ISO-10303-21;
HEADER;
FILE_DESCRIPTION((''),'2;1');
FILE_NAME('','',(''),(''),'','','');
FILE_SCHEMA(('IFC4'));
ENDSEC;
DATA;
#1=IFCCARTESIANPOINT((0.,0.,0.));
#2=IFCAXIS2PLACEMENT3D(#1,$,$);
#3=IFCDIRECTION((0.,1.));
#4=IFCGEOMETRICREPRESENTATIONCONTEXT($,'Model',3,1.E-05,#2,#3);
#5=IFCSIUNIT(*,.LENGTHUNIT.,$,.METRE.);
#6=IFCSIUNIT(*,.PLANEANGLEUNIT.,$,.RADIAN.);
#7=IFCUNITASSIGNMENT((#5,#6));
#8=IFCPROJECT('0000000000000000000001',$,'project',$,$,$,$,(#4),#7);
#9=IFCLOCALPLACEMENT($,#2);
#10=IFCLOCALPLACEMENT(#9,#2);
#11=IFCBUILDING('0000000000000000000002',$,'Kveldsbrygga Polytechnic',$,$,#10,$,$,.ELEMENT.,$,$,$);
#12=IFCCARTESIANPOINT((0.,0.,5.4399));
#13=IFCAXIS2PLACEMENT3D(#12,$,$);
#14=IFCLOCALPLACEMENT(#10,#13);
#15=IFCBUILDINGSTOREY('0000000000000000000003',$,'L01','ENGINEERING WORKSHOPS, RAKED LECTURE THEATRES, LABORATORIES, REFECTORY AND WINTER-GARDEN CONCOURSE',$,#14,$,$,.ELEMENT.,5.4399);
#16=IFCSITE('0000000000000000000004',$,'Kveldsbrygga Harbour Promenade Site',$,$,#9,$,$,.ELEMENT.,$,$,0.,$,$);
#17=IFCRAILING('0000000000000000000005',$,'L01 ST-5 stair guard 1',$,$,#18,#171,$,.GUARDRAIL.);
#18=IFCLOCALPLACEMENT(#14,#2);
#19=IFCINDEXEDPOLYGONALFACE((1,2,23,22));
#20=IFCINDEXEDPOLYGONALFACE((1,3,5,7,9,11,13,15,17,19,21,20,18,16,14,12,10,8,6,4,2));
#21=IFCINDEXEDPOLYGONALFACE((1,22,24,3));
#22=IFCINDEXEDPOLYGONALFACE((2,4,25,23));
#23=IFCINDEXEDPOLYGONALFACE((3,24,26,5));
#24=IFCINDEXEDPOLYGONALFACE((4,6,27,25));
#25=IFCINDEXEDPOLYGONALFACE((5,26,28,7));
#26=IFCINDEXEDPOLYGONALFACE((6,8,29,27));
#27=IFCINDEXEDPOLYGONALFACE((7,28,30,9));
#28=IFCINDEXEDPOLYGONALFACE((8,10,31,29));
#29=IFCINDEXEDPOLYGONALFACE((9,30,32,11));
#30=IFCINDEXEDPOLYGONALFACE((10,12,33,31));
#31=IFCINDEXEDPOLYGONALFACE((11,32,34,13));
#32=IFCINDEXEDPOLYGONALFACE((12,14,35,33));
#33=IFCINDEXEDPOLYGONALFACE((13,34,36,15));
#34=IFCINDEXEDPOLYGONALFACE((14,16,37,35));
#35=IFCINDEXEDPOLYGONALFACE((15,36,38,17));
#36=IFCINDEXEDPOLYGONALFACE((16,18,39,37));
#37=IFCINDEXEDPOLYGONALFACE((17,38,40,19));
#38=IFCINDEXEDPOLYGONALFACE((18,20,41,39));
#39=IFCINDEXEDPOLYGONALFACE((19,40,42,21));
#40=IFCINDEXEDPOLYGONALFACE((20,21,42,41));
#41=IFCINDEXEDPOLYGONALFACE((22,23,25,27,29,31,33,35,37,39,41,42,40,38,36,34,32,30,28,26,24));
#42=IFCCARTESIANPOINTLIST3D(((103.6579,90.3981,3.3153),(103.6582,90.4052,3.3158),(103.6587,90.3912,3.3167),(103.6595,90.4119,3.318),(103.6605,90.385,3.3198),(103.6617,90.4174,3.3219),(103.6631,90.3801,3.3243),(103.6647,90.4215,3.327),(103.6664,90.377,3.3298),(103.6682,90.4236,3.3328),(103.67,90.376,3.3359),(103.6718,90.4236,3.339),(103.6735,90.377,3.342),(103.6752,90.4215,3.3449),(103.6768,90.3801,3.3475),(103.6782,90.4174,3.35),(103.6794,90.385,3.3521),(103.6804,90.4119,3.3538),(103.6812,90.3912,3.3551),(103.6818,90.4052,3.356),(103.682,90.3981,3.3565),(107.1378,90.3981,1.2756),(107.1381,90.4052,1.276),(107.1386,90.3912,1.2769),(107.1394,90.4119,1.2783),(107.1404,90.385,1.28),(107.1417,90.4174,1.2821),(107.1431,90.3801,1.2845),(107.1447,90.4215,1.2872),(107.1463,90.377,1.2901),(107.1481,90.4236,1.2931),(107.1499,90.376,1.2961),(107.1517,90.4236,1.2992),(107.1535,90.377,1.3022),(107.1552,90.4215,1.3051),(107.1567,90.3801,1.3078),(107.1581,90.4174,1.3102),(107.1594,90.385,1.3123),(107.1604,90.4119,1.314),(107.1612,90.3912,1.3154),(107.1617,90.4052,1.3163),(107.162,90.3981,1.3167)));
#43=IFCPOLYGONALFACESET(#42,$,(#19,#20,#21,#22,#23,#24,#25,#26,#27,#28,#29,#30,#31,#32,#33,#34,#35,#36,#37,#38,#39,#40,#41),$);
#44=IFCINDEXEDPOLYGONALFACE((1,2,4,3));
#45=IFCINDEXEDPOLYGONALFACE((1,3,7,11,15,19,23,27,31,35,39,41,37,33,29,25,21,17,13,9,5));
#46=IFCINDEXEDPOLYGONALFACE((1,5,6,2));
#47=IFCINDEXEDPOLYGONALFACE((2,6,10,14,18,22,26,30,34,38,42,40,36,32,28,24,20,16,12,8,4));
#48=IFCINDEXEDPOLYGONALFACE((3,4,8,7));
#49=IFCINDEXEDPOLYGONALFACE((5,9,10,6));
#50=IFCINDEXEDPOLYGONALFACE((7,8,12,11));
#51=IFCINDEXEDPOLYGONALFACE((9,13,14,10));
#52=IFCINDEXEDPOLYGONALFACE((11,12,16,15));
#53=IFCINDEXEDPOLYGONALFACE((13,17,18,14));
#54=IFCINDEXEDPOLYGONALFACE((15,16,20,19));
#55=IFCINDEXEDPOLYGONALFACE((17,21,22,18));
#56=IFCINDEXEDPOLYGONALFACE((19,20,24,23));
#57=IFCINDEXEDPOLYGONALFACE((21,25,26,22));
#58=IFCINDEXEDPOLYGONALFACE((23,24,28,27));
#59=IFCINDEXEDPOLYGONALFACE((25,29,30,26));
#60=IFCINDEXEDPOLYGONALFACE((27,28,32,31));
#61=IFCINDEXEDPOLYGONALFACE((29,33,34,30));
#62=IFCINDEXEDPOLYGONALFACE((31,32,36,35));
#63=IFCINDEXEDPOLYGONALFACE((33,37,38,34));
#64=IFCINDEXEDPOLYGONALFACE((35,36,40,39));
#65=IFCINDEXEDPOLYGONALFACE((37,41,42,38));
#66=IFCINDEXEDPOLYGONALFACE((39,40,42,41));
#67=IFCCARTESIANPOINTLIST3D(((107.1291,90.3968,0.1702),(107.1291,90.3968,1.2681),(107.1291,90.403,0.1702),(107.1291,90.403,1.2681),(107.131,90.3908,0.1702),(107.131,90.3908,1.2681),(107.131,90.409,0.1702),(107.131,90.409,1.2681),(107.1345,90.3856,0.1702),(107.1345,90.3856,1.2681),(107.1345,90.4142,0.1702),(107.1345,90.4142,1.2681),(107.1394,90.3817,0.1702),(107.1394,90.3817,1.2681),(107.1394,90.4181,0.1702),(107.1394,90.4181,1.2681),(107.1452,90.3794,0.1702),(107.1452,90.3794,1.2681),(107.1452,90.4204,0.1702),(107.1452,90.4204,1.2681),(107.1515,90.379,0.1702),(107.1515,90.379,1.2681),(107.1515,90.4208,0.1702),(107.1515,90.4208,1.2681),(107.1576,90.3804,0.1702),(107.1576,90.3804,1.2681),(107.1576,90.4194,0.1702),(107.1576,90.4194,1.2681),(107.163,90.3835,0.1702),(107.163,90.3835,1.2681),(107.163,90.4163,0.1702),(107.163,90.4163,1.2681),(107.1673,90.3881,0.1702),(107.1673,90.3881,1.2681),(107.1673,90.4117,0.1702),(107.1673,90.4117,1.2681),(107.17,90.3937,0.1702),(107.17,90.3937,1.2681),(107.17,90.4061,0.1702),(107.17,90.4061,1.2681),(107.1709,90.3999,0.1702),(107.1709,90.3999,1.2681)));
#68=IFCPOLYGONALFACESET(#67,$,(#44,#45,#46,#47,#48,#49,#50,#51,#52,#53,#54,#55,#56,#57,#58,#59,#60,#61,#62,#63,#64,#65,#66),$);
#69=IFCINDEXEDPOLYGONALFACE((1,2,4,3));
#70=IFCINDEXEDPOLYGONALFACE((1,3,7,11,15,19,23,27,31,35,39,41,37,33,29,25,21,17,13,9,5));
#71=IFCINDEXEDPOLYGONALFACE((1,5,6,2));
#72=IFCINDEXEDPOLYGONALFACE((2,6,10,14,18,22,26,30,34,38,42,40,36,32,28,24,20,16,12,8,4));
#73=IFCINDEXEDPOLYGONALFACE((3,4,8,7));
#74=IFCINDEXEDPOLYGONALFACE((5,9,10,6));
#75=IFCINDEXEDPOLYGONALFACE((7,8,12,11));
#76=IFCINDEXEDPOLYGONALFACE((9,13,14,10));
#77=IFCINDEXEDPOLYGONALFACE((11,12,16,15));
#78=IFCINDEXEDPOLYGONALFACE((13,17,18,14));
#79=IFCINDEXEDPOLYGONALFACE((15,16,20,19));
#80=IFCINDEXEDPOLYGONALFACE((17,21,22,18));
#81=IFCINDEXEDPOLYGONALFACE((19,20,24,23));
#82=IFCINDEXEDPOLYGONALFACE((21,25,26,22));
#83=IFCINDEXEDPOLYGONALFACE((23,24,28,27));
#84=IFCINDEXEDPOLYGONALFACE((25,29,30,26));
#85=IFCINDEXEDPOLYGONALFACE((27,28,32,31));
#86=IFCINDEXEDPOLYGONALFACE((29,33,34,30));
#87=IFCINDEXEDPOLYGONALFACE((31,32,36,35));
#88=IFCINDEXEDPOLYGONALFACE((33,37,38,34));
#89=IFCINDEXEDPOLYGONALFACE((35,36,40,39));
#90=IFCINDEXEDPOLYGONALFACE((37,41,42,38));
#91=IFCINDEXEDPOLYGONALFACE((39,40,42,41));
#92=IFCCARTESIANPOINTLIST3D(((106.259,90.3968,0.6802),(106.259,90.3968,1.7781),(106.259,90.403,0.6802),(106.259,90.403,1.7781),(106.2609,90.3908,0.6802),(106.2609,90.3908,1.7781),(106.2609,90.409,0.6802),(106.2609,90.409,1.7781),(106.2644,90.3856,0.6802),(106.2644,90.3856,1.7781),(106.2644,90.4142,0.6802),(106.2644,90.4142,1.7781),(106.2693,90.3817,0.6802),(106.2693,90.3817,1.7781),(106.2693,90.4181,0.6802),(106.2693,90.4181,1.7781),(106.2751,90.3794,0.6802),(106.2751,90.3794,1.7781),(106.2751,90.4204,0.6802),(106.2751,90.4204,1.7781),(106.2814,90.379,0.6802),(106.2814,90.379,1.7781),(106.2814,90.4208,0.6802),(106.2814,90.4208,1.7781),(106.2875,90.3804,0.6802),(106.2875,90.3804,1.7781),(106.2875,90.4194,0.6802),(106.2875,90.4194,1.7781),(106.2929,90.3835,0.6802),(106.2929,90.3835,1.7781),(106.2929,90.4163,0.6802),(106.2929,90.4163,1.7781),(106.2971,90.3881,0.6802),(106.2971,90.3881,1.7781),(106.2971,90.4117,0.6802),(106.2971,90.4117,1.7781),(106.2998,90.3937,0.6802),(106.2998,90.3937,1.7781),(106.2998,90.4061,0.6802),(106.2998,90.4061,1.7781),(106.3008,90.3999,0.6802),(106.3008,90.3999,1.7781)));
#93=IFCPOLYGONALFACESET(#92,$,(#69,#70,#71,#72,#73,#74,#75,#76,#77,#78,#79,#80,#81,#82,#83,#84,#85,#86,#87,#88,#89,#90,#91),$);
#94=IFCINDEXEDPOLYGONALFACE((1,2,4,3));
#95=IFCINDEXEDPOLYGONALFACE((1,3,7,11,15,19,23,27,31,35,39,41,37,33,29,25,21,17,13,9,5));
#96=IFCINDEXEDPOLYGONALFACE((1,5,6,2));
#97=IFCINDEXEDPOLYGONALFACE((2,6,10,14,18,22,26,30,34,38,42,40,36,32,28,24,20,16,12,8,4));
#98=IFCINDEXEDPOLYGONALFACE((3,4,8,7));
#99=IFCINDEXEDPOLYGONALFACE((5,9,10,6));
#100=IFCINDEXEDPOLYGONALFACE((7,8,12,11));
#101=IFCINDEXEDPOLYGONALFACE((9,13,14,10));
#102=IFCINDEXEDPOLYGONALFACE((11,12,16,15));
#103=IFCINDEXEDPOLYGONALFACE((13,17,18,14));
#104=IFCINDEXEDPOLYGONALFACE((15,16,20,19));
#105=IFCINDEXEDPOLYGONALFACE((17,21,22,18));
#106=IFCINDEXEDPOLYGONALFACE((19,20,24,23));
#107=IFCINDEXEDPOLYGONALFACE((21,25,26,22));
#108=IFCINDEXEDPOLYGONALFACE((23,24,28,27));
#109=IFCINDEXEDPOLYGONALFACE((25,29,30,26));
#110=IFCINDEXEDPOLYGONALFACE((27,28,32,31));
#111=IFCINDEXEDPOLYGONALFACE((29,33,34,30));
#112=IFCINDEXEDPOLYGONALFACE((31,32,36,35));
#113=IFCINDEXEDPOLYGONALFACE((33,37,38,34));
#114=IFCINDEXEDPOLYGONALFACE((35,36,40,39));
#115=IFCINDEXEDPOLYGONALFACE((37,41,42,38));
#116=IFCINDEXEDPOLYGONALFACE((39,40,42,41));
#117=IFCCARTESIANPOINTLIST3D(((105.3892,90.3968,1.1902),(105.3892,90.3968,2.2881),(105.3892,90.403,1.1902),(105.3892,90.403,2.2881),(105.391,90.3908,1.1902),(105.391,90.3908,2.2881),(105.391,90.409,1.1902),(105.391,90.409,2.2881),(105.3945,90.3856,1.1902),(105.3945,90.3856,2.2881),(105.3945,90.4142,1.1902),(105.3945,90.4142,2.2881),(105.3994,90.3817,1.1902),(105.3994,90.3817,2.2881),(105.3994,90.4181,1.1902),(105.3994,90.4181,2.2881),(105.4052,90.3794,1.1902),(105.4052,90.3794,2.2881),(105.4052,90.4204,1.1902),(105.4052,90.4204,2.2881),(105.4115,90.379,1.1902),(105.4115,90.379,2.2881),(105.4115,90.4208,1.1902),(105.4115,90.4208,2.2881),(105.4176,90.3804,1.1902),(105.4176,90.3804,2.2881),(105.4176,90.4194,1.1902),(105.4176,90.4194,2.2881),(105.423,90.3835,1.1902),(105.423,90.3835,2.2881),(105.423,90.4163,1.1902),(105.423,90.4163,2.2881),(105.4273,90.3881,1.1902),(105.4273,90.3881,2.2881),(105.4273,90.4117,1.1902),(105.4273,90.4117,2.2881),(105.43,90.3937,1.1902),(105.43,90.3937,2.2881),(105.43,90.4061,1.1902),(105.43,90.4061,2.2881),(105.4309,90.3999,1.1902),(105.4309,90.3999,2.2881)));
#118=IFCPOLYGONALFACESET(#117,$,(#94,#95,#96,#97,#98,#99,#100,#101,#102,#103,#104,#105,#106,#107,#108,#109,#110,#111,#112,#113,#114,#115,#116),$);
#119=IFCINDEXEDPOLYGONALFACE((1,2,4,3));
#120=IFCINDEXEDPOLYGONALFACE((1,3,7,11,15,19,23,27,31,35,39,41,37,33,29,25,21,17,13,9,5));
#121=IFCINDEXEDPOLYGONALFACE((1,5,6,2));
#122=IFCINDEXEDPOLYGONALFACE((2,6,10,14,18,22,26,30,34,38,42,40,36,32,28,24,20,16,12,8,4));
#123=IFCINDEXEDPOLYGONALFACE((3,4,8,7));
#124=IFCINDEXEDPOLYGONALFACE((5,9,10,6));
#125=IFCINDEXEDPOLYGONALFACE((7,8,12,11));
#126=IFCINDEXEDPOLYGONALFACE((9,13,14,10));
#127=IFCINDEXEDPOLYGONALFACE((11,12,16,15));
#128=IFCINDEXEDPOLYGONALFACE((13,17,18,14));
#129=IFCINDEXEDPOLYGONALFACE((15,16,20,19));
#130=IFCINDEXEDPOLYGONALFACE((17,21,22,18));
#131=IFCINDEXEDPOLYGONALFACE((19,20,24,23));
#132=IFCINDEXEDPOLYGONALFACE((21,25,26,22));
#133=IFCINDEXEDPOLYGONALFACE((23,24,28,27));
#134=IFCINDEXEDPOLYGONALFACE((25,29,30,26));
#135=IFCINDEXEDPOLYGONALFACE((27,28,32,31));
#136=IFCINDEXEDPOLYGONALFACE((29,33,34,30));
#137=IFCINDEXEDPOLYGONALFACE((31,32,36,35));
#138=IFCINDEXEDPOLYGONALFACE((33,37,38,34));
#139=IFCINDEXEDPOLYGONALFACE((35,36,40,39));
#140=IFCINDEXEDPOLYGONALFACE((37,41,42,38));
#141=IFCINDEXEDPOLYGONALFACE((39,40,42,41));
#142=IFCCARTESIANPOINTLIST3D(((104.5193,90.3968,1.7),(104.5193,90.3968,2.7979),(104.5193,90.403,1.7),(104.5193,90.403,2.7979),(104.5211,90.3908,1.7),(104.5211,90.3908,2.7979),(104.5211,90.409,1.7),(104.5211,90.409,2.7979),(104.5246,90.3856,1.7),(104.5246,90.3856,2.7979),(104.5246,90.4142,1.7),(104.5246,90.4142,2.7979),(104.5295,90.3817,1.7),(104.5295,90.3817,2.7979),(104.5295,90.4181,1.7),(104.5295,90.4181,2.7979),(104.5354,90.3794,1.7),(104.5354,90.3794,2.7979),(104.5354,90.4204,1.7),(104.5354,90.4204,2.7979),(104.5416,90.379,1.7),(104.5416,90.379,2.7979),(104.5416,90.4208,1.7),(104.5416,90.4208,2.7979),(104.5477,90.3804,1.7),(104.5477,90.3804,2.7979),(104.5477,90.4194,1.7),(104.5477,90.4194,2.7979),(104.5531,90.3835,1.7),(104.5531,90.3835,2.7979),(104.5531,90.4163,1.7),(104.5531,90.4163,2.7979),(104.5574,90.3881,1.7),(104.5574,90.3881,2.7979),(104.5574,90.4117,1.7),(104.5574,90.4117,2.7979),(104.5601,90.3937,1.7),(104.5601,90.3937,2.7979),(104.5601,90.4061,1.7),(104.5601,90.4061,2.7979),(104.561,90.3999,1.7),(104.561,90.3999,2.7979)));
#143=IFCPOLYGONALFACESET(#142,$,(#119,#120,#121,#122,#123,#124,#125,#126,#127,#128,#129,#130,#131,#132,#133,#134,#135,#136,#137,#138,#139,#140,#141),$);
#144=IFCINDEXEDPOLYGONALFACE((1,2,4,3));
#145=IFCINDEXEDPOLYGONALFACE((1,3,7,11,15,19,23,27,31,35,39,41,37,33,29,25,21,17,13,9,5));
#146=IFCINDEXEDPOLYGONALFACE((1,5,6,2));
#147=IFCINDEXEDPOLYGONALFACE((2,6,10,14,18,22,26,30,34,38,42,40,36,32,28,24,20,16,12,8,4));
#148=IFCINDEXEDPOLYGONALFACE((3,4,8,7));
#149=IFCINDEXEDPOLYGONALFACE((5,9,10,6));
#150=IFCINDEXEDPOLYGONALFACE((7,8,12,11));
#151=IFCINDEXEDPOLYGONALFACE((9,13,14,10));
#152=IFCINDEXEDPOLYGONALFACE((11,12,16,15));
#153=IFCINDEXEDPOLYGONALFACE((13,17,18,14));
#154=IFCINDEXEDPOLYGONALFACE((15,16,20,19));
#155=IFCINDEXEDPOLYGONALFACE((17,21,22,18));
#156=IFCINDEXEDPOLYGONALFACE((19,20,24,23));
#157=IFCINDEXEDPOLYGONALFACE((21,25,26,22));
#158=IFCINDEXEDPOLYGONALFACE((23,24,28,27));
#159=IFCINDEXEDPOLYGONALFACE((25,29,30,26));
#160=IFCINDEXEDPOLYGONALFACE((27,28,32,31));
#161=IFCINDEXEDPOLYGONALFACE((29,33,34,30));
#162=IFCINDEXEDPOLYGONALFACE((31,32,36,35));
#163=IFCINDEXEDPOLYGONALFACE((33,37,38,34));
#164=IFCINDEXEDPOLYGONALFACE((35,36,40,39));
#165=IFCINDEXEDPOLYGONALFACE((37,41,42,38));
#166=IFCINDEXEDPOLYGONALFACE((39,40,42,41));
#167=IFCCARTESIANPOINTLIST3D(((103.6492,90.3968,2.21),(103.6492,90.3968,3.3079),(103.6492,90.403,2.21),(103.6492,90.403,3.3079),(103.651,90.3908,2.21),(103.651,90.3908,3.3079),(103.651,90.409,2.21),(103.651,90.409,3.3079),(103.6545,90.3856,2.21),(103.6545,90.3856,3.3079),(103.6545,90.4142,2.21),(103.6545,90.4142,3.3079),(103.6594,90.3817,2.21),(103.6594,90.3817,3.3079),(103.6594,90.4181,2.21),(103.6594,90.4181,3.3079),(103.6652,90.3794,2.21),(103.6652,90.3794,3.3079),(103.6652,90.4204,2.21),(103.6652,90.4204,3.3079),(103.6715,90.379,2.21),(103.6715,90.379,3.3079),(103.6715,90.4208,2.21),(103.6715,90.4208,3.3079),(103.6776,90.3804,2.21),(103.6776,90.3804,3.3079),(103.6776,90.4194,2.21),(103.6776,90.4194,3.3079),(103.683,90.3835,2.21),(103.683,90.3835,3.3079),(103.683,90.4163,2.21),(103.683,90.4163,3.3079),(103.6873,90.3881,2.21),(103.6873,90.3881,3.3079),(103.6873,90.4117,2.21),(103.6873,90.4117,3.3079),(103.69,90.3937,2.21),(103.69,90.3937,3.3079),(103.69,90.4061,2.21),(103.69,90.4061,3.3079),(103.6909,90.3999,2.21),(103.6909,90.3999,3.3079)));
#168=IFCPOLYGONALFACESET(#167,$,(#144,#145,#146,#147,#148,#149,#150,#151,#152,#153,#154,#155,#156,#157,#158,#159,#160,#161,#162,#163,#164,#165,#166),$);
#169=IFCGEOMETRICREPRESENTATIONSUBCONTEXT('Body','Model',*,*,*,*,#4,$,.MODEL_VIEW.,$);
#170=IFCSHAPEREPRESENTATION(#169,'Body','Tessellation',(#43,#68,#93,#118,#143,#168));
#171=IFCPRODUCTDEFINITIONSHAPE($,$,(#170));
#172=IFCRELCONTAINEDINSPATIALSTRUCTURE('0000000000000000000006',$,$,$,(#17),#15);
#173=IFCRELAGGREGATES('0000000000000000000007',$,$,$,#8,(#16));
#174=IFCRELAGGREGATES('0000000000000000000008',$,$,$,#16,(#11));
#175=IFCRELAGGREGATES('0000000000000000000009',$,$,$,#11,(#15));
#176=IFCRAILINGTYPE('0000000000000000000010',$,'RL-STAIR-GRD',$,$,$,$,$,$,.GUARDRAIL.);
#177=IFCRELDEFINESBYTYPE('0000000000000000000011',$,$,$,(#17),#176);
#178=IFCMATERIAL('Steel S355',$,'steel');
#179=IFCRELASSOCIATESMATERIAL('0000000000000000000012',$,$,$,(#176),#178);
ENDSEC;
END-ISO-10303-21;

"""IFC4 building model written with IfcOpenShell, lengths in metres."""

from ifc_helpers import new_model, si_unit, direction, frame, origin, origin_2d, place, context, subcontext, project, spatial, circle, extrude, material, type_object, element, save


model = new_model("IFC4")

# Units and contexts
model_context = context("Model", 3, precision=1e-05, world=origin(), true_north=direction((0.0, 1.0)))
body_context = subcontext(model_context, "Body", "Model", "MODEL_VIEW")
ifc_project = project(units=[si_unit("LENGTHUNIT", "METRE"), si_unit("PLANEANGLEUNIT", "RADIAN")], contexts=[model_context])

# Site, building, storey
site_placement = place(None, origin())
site = spatial("IfcSite", under=ifc_project, at=site_placement, Name="Kveldsbrygga Harbour Promenade Site", CompositionType="ELEMENT", RefElevation=0.0)
building_placement = place(site_placement, origin())
building = spatial("IfcBuilding", under=site, at=building_placement, Name="Kveldsbrygga Polytechnic", CompositionType="ELEMENT")
storey_placement = place(building_placement, frame((0.0, 0.0, 5.4399)))
storey = spatial("IfcBuildingStorey", under=building, at=storey_placement, Name="L01", Description="ENGINEERING WORKSHOPS, RAKED LECTURE THEATRES, LABORATORIES, REFECTORY AND WINTER-GARDEN CONCOURSE", CompositionType="ELEMENT", Elevation=5.4399)

# Shared definitions
ifc_material_1 = material(Name="Steel S355", Category="steel")

# Railing
railing_type_1 = type_object("IfcRailingType", Name="RL-STAIR-GRD", PredefinedType="GUARDRAIL", material=ifc_material_1)
railing_1_placement = place(storey_placement, frame((107.1499, 90.3999, 0.1702)))
element("IfcRailing", 1, at=railing_1_placement, inside=storey, type_object=railing_type_1, Name="L01 ST-5 stair guard 1", PredefinedType="GUARDRAIL", context=body_context, shape_type="SweptSolid", body=[
    extrude(circle(Radius=0.0239, at=origin_2d()), frame((0.0, 0.0, 1.126), z_axis=(-0.862719, 0.0, 0.505684), x_axis=(0.0, -1.0, 0.0)), (0.0, 0.0, 1.0), 4.0337),
    extrude(circle(Radius=0.021, at=origin_2d()), origin(), (0.0, 0.0, 1.0), 1.0979),
    extrude(circle(Radius=0.021, at=origin_2d()), frame((-0.8701, 0.0, 0.51)), (0.0, 0.0, 1.0), 1.0979),
    extrude(circle(Radius=0.021, at=origin_2d()), frame((-1.74, 0.0, 1.02)), (0.0, 0.0, 1.0), 1.0979),
    extrude(circle(Radius=0.021, at=origin_2d()), frame((-2.6099, 0.0, 1.5298)), (0.0, 0.0, 1.0), 1.0979),
    extrude(circle(Radius=0.021, at=origin_2d()), frame((-3.48, 0.0, 2.0398)), (0.0, 0.0, 1.0), 1.0979),
])

save(model, "model.ifc")
